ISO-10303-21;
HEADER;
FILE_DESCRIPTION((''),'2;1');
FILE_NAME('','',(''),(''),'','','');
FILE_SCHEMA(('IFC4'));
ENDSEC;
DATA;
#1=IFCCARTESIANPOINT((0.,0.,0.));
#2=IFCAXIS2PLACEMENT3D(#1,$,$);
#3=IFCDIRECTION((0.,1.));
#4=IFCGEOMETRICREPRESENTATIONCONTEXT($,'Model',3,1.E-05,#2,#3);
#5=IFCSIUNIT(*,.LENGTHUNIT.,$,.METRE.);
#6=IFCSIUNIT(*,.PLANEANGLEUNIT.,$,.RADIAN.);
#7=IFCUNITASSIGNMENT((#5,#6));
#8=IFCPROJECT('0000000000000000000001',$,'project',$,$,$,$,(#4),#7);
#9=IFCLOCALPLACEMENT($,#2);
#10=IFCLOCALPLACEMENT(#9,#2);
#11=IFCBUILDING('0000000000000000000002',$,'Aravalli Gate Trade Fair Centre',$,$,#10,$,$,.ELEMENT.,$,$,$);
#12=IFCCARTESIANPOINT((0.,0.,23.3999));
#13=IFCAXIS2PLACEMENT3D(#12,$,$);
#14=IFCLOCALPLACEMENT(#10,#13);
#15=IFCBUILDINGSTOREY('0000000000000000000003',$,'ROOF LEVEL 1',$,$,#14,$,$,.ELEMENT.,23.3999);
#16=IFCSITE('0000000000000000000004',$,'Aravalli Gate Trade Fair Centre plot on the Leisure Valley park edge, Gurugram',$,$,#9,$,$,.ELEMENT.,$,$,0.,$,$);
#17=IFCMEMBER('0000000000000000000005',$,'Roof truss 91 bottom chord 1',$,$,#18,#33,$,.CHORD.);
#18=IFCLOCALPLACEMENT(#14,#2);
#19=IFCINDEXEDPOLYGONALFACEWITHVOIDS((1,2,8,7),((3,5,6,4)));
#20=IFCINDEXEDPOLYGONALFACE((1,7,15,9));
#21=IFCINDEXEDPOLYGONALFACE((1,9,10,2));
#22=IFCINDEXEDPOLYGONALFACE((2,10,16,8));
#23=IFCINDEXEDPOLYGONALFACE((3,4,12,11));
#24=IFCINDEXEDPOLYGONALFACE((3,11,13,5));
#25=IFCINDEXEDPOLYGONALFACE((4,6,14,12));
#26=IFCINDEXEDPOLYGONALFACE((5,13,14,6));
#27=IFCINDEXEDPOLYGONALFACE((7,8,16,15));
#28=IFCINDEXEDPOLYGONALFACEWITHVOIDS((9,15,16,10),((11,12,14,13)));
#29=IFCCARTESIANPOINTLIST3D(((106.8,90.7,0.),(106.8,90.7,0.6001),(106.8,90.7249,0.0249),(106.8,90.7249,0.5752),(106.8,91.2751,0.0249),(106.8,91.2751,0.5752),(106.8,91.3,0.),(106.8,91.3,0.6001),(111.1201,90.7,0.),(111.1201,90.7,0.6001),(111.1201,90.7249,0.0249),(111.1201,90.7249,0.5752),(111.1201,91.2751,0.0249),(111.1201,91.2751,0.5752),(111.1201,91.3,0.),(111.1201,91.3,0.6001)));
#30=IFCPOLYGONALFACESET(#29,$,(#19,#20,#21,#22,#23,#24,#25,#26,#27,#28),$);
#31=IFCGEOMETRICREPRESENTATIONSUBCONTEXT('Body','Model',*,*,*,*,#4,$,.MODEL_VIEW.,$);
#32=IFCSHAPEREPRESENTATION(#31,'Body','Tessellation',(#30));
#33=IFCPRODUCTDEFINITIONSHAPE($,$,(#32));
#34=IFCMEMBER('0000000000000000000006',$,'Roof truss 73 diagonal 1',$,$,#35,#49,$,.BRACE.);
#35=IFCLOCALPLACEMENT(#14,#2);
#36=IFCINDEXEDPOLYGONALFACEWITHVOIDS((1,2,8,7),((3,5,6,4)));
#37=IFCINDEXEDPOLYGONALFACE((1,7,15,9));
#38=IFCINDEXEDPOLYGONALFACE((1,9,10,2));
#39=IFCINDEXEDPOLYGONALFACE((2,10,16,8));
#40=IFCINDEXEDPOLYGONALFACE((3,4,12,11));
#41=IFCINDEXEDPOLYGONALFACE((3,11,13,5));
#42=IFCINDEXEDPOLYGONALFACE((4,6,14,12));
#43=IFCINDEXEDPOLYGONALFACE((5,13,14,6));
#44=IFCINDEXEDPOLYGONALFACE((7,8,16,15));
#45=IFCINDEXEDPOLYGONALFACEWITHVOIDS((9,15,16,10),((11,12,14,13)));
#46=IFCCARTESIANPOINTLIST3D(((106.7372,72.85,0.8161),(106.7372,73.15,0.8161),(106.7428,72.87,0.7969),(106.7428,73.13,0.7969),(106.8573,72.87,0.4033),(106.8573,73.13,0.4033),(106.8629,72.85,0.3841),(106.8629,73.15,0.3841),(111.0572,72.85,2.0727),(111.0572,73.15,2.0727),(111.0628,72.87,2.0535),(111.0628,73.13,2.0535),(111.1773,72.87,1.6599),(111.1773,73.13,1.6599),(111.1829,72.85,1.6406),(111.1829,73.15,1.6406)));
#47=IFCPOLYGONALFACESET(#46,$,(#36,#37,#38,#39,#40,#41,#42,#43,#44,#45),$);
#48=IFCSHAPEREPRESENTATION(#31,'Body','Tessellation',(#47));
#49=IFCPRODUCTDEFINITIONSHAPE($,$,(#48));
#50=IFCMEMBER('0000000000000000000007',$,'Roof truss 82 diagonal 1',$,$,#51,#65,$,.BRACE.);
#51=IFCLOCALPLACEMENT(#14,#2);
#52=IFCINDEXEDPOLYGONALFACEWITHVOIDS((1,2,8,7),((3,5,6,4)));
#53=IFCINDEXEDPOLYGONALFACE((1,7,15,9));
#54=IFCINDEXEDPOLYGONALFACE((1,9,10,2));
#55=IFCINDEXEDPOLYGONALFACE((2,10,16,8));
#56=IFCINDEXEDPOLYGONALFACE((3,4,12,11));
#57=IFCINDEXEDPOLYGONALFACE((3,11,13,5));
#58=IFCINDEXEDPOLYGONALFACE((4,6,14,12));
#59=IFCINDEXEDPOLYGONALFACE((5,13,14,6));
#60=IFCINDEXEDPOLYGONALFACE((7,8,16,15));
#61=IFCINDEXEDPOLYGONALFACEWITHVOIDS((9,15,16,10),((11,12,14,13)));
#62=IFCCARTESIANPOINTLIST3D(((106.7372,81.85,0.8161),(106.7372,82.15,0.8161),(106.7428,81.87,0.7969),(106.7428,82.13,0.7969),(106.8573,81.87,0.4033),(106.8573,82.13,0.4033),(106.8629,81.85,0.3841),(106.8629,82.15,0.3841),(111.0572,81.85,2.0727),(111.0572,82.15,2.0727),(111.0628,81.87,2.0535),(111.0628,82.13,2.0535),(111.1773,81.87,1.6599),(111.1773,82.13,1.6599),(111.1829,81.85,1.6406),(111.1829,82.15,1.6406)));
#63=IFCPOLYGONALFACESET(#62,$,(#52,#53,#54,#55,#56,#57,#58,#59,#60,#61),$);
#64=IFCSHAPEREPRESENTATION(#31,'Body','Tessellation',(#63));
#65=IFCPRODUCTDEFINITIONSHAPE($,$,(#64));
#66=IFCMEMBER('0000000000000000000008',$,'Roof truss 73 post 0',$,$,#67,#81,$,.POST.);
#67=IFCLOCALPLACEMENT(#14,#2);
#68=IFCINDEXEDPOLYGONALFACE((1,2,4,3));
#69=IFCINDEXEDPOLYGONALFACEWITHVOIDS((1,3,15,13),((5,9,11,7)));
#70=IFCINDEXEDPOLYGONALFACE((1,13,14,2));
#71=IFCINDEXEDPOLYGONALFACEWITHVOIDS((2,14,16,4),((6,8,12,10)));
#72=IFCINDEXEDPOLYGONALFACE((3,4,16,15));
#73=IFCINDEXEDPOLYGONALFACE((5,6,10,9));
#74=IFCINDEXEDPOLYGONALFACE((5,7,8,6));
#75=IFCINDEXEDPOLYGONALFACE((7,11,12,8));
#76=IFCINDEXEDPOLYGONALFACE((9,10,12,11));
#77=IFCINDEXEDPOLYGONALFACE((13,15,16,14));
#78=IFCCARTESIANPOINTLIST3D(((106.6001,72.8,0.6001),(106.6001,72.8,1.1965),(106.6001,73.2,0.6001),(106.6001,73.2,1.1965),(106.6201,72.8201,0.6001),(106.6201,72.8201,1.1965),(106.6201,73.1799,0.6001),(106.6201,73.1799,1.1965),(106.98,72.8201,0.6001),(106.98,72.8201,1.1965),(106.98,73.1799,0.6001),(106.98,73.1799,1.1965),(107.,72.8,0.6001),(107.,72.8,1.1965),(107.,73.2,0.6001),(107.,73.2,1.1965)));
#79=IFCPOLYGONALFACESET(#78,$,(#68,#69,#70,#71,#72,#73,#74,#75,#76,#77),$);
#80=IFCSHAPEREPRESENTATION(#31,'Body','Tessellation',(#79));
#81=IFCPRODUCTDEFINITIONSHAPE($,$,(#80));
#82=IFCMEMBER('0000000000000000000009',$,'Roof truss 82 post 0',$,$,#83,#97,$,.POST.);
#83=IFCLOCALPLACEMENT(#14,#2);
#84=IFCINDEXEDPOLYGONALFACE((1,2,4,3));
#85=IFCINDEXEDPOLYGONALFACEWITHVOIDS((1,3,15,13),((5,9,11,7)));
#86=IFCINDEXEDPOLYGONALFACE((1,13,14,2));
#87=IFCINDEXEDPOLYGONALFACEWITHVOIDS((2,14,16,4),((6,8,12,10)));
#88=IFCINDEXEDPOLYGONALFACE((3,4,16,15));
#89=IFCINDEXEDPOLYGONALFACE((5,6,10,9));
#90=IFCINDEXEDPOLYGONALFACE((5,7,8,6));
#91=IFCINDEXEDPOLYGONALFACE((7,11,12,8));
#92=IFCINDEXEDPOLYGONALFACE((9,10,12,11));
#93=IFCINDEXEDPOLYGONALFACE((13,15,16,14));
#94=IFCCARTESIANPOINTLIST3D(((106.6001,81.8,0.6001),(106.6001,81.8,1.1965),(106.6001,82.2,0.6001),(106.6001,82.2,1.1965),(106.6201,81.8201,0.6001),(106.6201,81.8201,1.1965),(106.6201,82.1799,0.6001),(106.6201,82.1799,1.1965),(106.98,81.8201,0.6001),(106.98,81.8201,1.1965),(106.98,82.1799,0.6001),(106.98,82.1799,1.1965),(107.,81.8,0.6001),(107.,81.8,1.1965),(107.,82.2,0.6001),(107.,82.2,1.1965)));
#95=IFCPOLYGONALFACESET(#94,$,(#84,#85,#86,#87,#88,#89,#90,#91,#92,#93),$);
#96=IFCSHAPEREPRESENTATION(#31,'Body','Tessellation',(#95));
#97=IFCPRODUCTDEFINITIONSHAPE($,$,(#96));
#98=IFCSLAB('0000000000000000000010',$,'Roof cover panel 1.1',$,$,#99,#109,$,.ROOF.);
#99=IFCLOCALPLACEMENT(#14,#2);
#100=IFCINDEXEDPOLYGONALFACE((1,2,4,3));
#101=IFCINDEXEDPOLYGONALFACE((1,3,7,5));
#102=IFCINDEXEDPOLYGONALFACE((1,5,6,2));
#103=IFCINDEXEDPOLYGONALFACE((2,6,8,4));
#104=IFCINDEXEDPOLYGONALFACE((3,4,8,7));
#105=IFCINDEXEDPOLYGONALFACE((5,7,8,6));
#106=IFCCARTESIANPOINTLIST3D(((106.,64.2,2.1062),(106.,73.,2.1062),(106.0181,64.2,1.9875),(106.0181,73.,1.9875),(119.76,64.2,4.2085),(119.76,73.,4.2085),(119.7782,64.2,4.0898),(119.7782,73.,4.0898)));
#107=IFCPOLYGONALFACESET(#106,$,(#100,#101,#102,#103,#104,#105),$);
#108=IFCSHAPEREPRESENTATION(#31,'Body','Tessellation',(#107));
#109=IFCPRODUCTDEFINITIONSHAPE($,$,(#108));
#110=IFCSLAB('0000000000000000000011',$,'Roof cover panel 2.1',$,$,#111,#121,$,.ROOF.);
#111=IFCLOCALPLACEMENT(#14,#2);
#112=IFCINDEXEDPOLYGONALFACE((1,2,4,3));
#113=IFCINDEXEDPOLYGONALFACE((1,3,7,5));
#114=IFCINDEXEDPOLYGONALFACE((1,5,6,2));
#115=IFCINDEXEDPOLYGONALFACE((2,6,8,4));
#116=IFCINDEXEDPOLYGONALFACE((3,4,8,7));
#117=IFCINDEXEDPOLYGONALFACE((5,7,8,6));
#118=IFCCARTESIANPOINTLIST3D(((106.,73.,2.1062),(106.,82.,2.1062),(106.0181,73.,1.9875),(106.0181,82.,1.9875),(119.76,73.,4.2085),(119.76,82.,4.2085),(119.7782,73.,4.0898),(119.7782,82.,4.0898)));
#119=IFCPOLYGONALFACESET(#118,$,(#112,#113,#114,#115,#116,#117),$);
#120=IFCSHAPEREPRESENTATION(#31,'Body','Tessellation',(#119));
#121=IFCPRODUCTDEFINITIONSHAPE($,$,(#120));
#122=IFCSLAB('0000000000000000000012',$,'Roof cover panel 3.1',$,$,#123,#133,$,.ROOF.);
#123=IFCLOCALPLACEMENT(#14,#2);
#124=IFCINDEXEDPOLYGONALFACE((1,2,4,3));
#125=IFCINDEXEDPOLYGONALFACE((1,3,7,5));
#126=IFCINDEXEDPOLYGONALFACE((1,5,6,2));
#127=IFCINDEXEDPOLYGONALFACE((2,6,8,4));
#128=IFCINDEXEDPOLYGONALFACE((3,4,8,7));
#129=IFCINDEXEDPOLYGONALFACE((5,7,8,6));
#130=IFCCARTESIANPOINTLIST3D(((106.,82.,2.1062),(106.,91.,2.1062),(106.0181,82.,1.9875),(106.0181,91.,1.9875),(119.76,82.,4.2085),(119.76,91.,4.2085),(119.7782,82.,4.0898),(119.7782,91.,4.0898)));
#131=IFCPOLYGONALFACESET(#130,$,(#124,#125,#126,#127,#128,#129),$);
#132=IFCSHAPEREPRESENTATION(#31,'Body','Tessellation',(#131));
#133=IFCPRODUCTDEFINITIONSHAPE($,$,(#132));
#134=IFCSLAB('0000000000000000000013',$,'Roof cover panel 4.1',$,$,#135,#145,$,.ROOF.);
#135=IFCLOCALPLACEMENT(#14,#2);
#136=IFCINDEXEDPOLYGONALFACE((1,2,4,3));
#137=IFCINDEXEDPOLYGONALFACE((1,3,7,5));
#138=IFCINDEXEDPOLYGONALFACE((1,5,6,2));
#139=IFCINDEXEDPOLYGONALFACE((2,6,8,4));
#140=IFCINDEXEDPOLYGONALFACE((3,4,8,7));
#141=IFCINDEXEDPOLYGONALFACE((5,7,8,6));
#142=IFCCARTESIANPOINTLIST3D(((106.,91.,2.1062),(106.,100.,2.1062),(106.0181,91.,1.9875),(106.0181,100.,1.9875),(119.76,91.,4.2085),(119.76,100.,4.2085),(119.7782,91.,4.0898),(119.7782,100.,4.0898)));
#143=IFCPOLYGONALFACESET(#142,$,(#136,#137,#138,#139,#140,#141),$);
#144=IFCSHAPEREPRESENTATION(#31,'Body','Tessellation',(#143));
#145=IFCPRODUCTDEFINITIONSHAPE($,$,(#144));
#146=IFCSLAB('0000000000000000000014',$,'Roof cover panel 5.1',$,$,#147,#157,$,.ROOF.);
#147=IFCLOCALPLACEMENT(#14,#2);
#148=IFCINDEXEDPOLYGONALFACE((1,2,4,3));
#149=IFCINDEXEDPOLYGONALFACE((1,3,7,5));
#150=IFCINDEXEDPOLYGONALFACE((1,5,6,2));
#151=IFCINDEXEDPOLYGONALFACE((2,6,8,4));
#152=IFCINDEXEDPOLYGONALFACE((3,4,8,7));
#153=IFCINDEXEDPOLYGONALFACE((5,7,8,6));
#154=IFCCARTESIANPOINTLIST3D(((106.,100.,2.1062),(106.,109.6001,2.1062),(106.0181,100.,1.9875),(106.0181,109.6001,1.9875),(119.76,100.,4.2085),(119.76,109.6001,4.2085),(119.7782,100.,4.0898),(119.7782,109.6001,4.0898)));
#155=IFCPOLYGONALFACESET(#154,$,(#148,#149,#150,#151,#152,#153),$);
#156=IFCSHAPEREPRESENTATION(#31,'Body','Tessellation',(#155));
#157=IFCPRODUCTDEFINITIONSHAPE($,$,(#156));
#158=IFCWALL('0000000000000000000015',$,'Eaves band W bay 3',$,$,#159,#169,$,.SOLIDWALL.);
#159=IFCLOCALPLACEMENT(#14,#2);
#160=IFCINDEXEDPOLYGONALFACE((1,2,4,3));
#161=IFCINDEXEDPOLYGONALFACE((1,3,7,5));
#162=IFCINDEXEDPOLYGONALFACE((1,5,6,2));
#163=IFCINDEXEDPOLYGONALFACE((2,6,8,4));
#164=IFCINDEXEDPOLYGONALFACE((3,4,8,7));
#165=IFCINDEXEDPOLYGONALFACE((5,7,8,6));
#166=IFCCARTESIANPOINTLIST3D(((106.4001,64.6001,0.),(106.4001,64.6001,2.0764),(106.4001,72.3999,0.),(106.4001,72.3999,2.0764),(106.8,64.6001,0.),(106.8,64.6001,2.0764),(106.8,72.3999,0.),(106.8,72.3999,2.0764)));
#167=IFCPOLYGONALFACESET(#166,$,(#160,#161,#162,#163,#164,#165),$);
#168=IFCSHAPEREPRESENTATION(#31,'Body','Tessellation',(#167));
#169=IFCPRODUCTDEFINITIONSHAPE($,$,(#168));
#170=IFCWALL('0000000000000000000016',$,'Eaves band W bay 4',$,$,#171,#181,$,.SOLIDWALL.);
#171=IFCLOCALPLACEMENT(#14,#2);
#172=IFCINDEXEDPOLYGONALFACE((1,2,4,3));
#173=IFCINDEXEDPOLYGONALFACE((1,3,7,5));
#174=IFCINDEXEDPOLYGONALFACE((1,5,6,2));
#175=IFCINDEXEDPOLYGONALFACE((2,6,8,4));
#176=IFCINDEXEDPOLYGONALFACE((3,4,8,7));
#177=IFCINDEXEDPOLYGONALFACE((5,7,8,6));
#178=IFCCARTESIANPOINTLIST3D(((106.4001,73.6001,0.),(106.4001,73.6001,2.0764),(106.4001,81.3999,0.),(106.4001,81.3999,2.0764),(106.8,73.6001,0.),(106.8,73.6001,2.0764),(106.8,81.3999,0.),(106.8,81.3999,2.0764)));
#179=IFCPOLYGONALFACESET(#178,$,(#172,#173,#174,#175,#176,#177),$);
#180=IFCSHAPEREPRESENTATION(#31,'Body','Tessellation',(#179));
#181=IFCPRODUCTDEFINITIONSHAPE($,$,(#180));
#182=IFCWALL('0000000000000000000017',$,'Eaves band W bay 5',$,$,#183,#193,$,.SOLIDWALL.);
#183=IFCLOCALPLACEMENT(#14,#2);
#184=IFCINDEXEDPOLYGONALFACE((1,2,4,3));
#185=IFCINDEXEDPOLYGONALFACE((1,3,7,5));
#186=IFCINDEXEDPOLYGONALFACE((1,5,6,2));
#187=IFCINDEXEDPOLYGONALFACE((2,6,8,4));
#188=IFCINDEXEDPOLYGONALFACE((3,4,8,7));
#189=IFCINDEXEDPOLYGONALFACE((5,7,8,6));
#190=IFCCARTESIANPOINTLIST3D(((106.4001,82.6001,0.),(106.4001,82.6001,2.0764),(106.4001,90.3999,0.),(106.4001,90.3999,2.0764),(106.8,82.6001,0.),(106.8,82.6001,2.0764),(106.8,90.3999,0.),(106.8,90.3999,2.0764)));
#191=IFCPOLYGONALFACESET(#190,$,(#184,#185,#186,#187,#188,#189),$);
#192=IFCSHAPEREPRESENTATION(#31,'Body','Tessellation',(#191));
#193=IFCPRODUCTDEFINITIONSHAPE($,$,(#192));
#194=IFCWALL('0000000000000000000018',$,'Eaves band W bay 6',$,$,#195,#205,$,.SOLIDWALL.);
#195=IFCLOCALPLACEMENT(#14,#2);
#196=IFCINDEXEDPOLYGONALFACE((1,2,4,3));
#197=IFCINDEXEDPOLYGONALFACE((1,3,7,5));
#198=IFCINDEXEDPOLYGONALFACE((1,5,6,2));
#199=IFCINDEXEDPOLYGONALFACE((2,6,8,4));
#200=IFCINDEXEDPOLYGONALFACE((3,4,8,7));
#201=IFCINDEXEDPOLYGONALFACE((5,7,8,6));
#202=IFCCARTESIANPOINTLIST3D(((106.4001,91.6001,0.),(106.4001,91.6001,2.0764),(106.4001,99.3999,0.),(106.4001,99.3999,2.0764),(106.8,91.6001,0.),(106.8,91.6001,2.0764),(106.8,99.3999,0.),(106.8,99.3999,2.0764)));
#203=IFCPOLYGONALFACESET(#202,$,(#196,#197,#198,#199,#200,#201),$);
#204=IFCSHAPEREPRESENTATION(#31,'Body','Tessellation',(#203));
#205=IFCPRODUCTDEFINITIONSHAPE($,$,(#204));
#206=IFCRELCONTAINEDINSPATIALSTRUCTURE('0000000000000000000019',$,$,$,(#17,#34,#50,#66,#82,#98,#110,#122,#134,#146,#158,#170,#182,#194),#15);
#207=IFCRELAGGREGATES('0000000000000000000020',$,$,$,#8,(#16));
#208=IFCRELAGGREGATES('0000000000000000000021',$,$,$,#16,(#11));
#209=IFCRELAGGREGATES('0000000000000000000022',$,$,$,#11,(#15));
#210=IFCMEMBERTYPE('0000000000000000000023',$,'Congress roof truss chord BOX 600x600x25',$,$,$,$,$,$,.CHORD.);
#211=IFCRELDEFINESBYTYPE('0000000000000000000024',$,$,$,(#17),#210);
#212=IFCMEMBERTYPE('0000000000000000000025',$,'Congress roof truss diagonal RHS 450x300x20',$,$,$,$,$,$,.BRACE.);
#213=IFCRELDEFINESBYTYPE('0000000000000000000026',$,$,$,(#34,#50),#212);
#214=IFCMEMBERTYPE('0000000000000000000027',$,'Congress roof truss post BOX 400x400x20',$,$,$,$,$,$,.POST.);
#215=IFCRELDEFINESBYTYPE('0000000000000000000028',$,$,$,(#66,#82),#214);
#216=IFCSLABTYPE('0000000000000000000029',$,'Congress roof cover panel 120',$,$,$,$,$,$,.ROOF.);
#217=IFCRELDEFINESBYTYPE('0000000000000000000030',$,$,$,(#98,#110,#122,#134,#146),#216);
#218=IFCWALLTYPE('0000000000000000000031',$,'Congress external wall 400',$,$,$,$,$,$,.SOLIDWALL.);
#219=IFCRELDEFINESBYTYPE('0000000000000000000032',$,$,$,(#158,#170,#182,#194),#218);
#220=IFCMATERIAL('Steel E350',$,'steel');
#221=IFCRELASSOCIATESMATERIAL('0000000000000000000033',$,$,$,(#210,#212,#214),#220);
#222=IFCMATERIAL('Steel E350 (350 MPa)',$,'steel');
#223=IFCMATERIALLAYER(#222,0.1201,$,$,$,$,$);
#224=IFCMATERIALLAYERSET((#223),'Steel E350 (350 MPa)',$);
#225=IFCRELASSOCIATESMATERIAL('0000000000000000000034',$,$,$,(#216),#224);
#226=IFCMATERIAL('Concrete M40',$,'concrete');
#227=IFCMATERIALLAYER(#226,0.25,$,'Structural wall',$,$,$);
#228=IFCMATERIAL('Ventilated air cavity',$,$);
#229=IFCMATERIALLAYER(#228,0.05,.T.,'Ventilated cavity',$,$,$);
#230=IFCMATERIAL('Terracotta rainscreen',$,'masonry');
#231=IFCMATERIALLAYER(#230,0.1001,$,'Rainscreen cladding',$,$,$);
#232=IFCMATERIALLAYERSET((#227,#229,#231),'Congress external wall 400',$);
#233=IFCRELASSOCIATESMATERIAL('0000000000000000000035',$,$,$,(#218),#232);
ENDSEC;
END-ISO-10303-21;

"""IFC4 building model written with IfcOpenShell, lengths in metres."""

from ifc_helpers import new_model, si_unit, direction, frame, frame_2d, origin, origin_2d, place, context, subcontext, project, spatial, polyline, rectangle, hollow_rectangle, outline, extrude, material, layer, layer_set, material_profile, profile_set, type_object, element, save


model = new_model("IFC4")

# Units and contexts
model_context = context("Model", 3, precision=1e-05, world=origin(), true_north=direction((0.0, 1.0)))
body_context = subcontext(model_context, "Body", "Model", "MODEL_VIEW")
ifc_project = project(units=[si_unit("LENGTHUNIT", "METRE"), si_unit("PLANEANGLEUNIT", "RADIAN")], contexts=[model_context])

# Site, building, storey
site_placement = place(None, origin())
site = spatial("IfcSite", under=ifc_project, at=site_placement, Name="Aravalli Gate Trade Fair Centre plot on the Leisure Valley park edge, Gurugram", CompositionType="ELEMENT", RefElevation=0.0)
building_placement = place(site_placement, origin())
building = spatial("IfcBuilding", under=site, at=building_placement, Name="Aravalli Gate Trade Fair Centre", CompositionType="ELEMENT")
storey_placement = place(building_placement, frame((0.0, 0.0, 23.3999)))
storey = spatial("IfcBuildingStorey", under=building, at=storey_placement, Name="ROOF LEVEL 1", CompositionType="ELEMENT", Elevation=23.3999)

# Members
ifc_material_1 = material(Name="Steel E350", Category="steel")
ifc_material_profile_1 = material_profile(ifc_material_1, hollow_rectangle(XDim=0.6001, YDim=0.6001, WallThickness=0.0249, at=origin_2d()), Name="BOX 600x600x25")
ifc_profile_set_1 = profile_set([ifc_material_profile_1], Name="Steel E350")
member_type_1 = type_object("IfcMemberType", Name="Congress roof truss chord BOX 600x600x25", PredefinedType="CHORD", material=ifc_profile_set_1)
member_1_placement = place(storey_placement, frame((106.8, 91.0, 0.3), z_axis=(1.0, 0.0, 0.0), x_axis=(0.0, 1.0, 0.0)))
element("IfcMember", 1, at=member_1_placement, inside=storey, type_object=member_type_1, Name="Roof truss 91 bottom chord 1", PredefinedType="CHORD", context=body_context, shape_type="SweptSolid", body=[
    extrude(hollow_rectangle(XDim=0.6001, YDim=0.6001, WallThickness=0.0249, at=origin_2d()), origin(), (0.0, 0.0, 1.0), 4.3201),
])
ifc_material_profile_2 = material_profile(ifc_material_1, hollow_rectangle(XDim=0.3, YDim=0.45, WallThickness=0.02, at=origin_2d()), Name="RHS 450x300x20")
ifc_profile_set_2 = profile_set([ifc_material_profile_2], Name="Steel E350")
member_type_2 = type_object("IfcMemberType", Name="Congress roof truss diagonal RHS 450x300x20", PredefinedType="BRACE", material=ifc_profile_set_2)
for number, where, z_axis, x_axis, name in (
    (2, (106.8, 73.0, 0.6001), (0.960205, 0.0, 0.279298), (0.0, 1.0, 0.0), "Roof truss 73 diagonal 1"),
    (3, (106.8, 82.0, 0.6001), (0.960205, 0.0, 0.279298), (0.0, 1.0, 0.0), "Roof truss 82 diagonal 1"),
):
    element("IfcMember", number, at=place(storey_placement, frame(where, z_axis=z_axis, x_axis=x_axis)), inside=storey, type_object=member_type_2, Name=name, PredefinedType="BRACE", context=body_context, shape_type="SweptSolid", body=[
        extrude(hollow_rectangle(XDim=0.3, YDim=0.45, WallThickness=0.02, at=origin_2d()), origin(), (0.0, 0.0, 1.0), 4.499),
    ])
ifc_material_profile_3 = material_profile(ifc_material_1, hollow_rectangle(XDim=0.3999, YDim=0.3999, WallThickness=0.02, at=origin_2d()), Name="BOX 400x400x20")
ifc_profile_set_3 = profile_set([ifc_material_profile_3], Name="Steel E350")
member_type_3 = type_object("IfcMemberType", Name="Congress roof truss post BOX 400x400x20", PredefinedType="POST", material=ifc_profile_set_3)
for number, where, z_axis, x_axis, name in (
    (4, (106.8, 73.0, 0.6001), (0.0, 0.0, 1.0), (1.0, 0.0, 0.0), "Roof truss 73 post 0"),
    (5, (106.8, 82.0, 0.6001), (0.0, 0.0, 1.0), (1.0, 0.0, 0.0), "Roof truss 82 post 0"),
):
    element("IfcMember", number, at=place(storey_placement, frame(where, z_axis=z_axis, x_axis=x_axis)), inside=storey, type_object=member_type_3, Name=name, PredefinedType="POST", context=body_context, shape_type="SweptSolid", body=[
        extrude(hollow_rectangle(XDim=0.3999, YDim=0.3999, WallThickness=0.02, at=origin_2d()), origin(), (0.0, 0.0, 1.0), 0.5964),
    ])

# Slabs
ifc_material_2 = material(Name="Steel E350 (350 MPa)", Category="steel")
ifc_layer_1 = layer(ifc_material_2, 0.1201)
ifc_layer_set_1 = layer_set([ifc_layer_1], Name="Steel E350 (350 MPa)")
slab_type = type_object("IfcSlabType", Name="Congress roof cover panel 120", PredefinedType="ROOF", material=ifc_layer_set_1)
slab_1_placement = place(storey_placement, frame((106.0, 64.2, 2.1062), z_axis=(-0.15103, 0.0, 0.988529), x_axis=(0.988529, 0.0, 0.15103)))
element("IfcSlab", 6, at=slab_1_placement, inside=storey, type_object=slab_type, Name="Roof cover panel 1.1", PredefinedType="ROOF", context=body_context, shape_type="SweptSolid", body=[
    extrude(outline(polyline([(0.0, 0.0), (13.9197, 0.0), (13.9197, 8.8), (0.0, 8.8), (0.0, 0.0)])), origin(), (0.0, 0.0, -1.0), 0.1201),
])
for number, where, z_axis, x_axis, name in (
    (7, (106.0, 73.0, 2.1062), (-0.15103, 0.0, 0.988529), (0.988529, 0.0, 0.15103), "Roof cover panel 2.1"),
    (8, (106.0, 82.0, 2.1062), (-0.15103, 0.0, 0.988529), (0.988529, 0.0, 0.15103), "Roof cover panel 3.1"),
    (9, (106.0, 91.0, 2.1062), (-0.15103, 0.0, 0.988529), (0.988529, 0.0, 0.15103), "Roof cover panel 4.1"),
):
    element("IfcSlab", number, at=place(storey_placement, frame(where, z_axis=z_axis, x_axis=x_axis)), inside=storey, type_object=slab_type, Name=name, PredefinedType="ROOF", context=body_context, shape_type="SweptSolid", body=[
        extrude(outline(polyline([(0.0, 0.0), (13.9197, 0.0), (13.9197, 9.0), (0.0, 9.0), (0.0, 0.0)])), origin(), (0.0, 0.0, -1.0), 0.1201),
    ])
slab_2_placement = place(storey_placement, frame((106.0, 100.0, 2.1062), z_axis=(-0.15103, 0.0, 0.988529), x_axis=(0.988529, 0.0, 0.15103)))
element("IfcSlab", 10, at=slab_2_placement, inside=storey, type_object=slab_type, Name="Roof cover panel 5.1", PredefinedType="ROOF", context=body_context, shape_type="SweptSolid", body=[
    extrude(outline(polyline([(0.0, 0.0), (13.9197, 0.0), (13.9197, 9.6001), (0.0, 9.6001), (0.0, 0.0)])), origin(), (0.0, 0.0, -1.0), 0.1201),
])

# Walls
ifc_material_3 = material(Name="Concrete M40", Category="concrete")
ifc_layer_2 = layer(ifc_material_3, 0.25, Name="Structural wall")
ifc_material_4 = material(Name="Ventilated air cavity")
ifc_layer_3 = layer(ifc_material_4, 0.05, ventilated=True, Name="Ventilated cavity")
ifc_material_5 = material(Name="Terracotta rainscreen", Category="masonry")
ifc_layer_4 = layer(ifc_material_5, 0.1001, Name="Rainscreen cladding")
ifc_layer_set_2 = layer_set([ifc_layer_2, ifc_layer_3, ifc_layer_4], Name="Congress external wall 400")
wall_type = type_object("IfcWallType", Name="Congress external wall 400", PredefinedType="SOLIDWALL", material=ifc_layer_set_2)
for number, where, z_axis, x_axis, name in (
    (11, (106.6001, 64.6001, 0.0), (0.0, 0.0, 1.0), (0.0, 1.0, 0.0), "Eaves band W bay 3"),
    (12, (106.6001, 73.6001, 0.0), (0.0, 0.0, 1.0), (0.0, 1.0, 0.0), "Eaves band W bay 4"),
    (13, (106.6001, 82.6001, 0.0), (0.0, 0.0, 1.0), (0.0, 1.0, 0.0), "Eaves band W bay 5"),
    (14, (106.6001, 91.6001, 0.0), (0.0, 0.0, 1.0), (0.0, 1.0, 0.0), "Eaves band W bay 6"),
):
    element("IfcWall", number, at=place(storey_placement, frame(where, z_axis=z_axis, x_axis=x_axis)), inside=storey, type_object=wall_type, Name=name, PredefinedType="SOLIDWALL", context=body_context, shape_type="SweptSolid", body=[
        extrude(rectangle(XDim=7.7998, YDim=0.3999, at=frame_2d((3.8999, 0.0))), origin(), (0.0, 0.0, 1.0), 2.0764),
    ])

save(model, "model.ifc")
